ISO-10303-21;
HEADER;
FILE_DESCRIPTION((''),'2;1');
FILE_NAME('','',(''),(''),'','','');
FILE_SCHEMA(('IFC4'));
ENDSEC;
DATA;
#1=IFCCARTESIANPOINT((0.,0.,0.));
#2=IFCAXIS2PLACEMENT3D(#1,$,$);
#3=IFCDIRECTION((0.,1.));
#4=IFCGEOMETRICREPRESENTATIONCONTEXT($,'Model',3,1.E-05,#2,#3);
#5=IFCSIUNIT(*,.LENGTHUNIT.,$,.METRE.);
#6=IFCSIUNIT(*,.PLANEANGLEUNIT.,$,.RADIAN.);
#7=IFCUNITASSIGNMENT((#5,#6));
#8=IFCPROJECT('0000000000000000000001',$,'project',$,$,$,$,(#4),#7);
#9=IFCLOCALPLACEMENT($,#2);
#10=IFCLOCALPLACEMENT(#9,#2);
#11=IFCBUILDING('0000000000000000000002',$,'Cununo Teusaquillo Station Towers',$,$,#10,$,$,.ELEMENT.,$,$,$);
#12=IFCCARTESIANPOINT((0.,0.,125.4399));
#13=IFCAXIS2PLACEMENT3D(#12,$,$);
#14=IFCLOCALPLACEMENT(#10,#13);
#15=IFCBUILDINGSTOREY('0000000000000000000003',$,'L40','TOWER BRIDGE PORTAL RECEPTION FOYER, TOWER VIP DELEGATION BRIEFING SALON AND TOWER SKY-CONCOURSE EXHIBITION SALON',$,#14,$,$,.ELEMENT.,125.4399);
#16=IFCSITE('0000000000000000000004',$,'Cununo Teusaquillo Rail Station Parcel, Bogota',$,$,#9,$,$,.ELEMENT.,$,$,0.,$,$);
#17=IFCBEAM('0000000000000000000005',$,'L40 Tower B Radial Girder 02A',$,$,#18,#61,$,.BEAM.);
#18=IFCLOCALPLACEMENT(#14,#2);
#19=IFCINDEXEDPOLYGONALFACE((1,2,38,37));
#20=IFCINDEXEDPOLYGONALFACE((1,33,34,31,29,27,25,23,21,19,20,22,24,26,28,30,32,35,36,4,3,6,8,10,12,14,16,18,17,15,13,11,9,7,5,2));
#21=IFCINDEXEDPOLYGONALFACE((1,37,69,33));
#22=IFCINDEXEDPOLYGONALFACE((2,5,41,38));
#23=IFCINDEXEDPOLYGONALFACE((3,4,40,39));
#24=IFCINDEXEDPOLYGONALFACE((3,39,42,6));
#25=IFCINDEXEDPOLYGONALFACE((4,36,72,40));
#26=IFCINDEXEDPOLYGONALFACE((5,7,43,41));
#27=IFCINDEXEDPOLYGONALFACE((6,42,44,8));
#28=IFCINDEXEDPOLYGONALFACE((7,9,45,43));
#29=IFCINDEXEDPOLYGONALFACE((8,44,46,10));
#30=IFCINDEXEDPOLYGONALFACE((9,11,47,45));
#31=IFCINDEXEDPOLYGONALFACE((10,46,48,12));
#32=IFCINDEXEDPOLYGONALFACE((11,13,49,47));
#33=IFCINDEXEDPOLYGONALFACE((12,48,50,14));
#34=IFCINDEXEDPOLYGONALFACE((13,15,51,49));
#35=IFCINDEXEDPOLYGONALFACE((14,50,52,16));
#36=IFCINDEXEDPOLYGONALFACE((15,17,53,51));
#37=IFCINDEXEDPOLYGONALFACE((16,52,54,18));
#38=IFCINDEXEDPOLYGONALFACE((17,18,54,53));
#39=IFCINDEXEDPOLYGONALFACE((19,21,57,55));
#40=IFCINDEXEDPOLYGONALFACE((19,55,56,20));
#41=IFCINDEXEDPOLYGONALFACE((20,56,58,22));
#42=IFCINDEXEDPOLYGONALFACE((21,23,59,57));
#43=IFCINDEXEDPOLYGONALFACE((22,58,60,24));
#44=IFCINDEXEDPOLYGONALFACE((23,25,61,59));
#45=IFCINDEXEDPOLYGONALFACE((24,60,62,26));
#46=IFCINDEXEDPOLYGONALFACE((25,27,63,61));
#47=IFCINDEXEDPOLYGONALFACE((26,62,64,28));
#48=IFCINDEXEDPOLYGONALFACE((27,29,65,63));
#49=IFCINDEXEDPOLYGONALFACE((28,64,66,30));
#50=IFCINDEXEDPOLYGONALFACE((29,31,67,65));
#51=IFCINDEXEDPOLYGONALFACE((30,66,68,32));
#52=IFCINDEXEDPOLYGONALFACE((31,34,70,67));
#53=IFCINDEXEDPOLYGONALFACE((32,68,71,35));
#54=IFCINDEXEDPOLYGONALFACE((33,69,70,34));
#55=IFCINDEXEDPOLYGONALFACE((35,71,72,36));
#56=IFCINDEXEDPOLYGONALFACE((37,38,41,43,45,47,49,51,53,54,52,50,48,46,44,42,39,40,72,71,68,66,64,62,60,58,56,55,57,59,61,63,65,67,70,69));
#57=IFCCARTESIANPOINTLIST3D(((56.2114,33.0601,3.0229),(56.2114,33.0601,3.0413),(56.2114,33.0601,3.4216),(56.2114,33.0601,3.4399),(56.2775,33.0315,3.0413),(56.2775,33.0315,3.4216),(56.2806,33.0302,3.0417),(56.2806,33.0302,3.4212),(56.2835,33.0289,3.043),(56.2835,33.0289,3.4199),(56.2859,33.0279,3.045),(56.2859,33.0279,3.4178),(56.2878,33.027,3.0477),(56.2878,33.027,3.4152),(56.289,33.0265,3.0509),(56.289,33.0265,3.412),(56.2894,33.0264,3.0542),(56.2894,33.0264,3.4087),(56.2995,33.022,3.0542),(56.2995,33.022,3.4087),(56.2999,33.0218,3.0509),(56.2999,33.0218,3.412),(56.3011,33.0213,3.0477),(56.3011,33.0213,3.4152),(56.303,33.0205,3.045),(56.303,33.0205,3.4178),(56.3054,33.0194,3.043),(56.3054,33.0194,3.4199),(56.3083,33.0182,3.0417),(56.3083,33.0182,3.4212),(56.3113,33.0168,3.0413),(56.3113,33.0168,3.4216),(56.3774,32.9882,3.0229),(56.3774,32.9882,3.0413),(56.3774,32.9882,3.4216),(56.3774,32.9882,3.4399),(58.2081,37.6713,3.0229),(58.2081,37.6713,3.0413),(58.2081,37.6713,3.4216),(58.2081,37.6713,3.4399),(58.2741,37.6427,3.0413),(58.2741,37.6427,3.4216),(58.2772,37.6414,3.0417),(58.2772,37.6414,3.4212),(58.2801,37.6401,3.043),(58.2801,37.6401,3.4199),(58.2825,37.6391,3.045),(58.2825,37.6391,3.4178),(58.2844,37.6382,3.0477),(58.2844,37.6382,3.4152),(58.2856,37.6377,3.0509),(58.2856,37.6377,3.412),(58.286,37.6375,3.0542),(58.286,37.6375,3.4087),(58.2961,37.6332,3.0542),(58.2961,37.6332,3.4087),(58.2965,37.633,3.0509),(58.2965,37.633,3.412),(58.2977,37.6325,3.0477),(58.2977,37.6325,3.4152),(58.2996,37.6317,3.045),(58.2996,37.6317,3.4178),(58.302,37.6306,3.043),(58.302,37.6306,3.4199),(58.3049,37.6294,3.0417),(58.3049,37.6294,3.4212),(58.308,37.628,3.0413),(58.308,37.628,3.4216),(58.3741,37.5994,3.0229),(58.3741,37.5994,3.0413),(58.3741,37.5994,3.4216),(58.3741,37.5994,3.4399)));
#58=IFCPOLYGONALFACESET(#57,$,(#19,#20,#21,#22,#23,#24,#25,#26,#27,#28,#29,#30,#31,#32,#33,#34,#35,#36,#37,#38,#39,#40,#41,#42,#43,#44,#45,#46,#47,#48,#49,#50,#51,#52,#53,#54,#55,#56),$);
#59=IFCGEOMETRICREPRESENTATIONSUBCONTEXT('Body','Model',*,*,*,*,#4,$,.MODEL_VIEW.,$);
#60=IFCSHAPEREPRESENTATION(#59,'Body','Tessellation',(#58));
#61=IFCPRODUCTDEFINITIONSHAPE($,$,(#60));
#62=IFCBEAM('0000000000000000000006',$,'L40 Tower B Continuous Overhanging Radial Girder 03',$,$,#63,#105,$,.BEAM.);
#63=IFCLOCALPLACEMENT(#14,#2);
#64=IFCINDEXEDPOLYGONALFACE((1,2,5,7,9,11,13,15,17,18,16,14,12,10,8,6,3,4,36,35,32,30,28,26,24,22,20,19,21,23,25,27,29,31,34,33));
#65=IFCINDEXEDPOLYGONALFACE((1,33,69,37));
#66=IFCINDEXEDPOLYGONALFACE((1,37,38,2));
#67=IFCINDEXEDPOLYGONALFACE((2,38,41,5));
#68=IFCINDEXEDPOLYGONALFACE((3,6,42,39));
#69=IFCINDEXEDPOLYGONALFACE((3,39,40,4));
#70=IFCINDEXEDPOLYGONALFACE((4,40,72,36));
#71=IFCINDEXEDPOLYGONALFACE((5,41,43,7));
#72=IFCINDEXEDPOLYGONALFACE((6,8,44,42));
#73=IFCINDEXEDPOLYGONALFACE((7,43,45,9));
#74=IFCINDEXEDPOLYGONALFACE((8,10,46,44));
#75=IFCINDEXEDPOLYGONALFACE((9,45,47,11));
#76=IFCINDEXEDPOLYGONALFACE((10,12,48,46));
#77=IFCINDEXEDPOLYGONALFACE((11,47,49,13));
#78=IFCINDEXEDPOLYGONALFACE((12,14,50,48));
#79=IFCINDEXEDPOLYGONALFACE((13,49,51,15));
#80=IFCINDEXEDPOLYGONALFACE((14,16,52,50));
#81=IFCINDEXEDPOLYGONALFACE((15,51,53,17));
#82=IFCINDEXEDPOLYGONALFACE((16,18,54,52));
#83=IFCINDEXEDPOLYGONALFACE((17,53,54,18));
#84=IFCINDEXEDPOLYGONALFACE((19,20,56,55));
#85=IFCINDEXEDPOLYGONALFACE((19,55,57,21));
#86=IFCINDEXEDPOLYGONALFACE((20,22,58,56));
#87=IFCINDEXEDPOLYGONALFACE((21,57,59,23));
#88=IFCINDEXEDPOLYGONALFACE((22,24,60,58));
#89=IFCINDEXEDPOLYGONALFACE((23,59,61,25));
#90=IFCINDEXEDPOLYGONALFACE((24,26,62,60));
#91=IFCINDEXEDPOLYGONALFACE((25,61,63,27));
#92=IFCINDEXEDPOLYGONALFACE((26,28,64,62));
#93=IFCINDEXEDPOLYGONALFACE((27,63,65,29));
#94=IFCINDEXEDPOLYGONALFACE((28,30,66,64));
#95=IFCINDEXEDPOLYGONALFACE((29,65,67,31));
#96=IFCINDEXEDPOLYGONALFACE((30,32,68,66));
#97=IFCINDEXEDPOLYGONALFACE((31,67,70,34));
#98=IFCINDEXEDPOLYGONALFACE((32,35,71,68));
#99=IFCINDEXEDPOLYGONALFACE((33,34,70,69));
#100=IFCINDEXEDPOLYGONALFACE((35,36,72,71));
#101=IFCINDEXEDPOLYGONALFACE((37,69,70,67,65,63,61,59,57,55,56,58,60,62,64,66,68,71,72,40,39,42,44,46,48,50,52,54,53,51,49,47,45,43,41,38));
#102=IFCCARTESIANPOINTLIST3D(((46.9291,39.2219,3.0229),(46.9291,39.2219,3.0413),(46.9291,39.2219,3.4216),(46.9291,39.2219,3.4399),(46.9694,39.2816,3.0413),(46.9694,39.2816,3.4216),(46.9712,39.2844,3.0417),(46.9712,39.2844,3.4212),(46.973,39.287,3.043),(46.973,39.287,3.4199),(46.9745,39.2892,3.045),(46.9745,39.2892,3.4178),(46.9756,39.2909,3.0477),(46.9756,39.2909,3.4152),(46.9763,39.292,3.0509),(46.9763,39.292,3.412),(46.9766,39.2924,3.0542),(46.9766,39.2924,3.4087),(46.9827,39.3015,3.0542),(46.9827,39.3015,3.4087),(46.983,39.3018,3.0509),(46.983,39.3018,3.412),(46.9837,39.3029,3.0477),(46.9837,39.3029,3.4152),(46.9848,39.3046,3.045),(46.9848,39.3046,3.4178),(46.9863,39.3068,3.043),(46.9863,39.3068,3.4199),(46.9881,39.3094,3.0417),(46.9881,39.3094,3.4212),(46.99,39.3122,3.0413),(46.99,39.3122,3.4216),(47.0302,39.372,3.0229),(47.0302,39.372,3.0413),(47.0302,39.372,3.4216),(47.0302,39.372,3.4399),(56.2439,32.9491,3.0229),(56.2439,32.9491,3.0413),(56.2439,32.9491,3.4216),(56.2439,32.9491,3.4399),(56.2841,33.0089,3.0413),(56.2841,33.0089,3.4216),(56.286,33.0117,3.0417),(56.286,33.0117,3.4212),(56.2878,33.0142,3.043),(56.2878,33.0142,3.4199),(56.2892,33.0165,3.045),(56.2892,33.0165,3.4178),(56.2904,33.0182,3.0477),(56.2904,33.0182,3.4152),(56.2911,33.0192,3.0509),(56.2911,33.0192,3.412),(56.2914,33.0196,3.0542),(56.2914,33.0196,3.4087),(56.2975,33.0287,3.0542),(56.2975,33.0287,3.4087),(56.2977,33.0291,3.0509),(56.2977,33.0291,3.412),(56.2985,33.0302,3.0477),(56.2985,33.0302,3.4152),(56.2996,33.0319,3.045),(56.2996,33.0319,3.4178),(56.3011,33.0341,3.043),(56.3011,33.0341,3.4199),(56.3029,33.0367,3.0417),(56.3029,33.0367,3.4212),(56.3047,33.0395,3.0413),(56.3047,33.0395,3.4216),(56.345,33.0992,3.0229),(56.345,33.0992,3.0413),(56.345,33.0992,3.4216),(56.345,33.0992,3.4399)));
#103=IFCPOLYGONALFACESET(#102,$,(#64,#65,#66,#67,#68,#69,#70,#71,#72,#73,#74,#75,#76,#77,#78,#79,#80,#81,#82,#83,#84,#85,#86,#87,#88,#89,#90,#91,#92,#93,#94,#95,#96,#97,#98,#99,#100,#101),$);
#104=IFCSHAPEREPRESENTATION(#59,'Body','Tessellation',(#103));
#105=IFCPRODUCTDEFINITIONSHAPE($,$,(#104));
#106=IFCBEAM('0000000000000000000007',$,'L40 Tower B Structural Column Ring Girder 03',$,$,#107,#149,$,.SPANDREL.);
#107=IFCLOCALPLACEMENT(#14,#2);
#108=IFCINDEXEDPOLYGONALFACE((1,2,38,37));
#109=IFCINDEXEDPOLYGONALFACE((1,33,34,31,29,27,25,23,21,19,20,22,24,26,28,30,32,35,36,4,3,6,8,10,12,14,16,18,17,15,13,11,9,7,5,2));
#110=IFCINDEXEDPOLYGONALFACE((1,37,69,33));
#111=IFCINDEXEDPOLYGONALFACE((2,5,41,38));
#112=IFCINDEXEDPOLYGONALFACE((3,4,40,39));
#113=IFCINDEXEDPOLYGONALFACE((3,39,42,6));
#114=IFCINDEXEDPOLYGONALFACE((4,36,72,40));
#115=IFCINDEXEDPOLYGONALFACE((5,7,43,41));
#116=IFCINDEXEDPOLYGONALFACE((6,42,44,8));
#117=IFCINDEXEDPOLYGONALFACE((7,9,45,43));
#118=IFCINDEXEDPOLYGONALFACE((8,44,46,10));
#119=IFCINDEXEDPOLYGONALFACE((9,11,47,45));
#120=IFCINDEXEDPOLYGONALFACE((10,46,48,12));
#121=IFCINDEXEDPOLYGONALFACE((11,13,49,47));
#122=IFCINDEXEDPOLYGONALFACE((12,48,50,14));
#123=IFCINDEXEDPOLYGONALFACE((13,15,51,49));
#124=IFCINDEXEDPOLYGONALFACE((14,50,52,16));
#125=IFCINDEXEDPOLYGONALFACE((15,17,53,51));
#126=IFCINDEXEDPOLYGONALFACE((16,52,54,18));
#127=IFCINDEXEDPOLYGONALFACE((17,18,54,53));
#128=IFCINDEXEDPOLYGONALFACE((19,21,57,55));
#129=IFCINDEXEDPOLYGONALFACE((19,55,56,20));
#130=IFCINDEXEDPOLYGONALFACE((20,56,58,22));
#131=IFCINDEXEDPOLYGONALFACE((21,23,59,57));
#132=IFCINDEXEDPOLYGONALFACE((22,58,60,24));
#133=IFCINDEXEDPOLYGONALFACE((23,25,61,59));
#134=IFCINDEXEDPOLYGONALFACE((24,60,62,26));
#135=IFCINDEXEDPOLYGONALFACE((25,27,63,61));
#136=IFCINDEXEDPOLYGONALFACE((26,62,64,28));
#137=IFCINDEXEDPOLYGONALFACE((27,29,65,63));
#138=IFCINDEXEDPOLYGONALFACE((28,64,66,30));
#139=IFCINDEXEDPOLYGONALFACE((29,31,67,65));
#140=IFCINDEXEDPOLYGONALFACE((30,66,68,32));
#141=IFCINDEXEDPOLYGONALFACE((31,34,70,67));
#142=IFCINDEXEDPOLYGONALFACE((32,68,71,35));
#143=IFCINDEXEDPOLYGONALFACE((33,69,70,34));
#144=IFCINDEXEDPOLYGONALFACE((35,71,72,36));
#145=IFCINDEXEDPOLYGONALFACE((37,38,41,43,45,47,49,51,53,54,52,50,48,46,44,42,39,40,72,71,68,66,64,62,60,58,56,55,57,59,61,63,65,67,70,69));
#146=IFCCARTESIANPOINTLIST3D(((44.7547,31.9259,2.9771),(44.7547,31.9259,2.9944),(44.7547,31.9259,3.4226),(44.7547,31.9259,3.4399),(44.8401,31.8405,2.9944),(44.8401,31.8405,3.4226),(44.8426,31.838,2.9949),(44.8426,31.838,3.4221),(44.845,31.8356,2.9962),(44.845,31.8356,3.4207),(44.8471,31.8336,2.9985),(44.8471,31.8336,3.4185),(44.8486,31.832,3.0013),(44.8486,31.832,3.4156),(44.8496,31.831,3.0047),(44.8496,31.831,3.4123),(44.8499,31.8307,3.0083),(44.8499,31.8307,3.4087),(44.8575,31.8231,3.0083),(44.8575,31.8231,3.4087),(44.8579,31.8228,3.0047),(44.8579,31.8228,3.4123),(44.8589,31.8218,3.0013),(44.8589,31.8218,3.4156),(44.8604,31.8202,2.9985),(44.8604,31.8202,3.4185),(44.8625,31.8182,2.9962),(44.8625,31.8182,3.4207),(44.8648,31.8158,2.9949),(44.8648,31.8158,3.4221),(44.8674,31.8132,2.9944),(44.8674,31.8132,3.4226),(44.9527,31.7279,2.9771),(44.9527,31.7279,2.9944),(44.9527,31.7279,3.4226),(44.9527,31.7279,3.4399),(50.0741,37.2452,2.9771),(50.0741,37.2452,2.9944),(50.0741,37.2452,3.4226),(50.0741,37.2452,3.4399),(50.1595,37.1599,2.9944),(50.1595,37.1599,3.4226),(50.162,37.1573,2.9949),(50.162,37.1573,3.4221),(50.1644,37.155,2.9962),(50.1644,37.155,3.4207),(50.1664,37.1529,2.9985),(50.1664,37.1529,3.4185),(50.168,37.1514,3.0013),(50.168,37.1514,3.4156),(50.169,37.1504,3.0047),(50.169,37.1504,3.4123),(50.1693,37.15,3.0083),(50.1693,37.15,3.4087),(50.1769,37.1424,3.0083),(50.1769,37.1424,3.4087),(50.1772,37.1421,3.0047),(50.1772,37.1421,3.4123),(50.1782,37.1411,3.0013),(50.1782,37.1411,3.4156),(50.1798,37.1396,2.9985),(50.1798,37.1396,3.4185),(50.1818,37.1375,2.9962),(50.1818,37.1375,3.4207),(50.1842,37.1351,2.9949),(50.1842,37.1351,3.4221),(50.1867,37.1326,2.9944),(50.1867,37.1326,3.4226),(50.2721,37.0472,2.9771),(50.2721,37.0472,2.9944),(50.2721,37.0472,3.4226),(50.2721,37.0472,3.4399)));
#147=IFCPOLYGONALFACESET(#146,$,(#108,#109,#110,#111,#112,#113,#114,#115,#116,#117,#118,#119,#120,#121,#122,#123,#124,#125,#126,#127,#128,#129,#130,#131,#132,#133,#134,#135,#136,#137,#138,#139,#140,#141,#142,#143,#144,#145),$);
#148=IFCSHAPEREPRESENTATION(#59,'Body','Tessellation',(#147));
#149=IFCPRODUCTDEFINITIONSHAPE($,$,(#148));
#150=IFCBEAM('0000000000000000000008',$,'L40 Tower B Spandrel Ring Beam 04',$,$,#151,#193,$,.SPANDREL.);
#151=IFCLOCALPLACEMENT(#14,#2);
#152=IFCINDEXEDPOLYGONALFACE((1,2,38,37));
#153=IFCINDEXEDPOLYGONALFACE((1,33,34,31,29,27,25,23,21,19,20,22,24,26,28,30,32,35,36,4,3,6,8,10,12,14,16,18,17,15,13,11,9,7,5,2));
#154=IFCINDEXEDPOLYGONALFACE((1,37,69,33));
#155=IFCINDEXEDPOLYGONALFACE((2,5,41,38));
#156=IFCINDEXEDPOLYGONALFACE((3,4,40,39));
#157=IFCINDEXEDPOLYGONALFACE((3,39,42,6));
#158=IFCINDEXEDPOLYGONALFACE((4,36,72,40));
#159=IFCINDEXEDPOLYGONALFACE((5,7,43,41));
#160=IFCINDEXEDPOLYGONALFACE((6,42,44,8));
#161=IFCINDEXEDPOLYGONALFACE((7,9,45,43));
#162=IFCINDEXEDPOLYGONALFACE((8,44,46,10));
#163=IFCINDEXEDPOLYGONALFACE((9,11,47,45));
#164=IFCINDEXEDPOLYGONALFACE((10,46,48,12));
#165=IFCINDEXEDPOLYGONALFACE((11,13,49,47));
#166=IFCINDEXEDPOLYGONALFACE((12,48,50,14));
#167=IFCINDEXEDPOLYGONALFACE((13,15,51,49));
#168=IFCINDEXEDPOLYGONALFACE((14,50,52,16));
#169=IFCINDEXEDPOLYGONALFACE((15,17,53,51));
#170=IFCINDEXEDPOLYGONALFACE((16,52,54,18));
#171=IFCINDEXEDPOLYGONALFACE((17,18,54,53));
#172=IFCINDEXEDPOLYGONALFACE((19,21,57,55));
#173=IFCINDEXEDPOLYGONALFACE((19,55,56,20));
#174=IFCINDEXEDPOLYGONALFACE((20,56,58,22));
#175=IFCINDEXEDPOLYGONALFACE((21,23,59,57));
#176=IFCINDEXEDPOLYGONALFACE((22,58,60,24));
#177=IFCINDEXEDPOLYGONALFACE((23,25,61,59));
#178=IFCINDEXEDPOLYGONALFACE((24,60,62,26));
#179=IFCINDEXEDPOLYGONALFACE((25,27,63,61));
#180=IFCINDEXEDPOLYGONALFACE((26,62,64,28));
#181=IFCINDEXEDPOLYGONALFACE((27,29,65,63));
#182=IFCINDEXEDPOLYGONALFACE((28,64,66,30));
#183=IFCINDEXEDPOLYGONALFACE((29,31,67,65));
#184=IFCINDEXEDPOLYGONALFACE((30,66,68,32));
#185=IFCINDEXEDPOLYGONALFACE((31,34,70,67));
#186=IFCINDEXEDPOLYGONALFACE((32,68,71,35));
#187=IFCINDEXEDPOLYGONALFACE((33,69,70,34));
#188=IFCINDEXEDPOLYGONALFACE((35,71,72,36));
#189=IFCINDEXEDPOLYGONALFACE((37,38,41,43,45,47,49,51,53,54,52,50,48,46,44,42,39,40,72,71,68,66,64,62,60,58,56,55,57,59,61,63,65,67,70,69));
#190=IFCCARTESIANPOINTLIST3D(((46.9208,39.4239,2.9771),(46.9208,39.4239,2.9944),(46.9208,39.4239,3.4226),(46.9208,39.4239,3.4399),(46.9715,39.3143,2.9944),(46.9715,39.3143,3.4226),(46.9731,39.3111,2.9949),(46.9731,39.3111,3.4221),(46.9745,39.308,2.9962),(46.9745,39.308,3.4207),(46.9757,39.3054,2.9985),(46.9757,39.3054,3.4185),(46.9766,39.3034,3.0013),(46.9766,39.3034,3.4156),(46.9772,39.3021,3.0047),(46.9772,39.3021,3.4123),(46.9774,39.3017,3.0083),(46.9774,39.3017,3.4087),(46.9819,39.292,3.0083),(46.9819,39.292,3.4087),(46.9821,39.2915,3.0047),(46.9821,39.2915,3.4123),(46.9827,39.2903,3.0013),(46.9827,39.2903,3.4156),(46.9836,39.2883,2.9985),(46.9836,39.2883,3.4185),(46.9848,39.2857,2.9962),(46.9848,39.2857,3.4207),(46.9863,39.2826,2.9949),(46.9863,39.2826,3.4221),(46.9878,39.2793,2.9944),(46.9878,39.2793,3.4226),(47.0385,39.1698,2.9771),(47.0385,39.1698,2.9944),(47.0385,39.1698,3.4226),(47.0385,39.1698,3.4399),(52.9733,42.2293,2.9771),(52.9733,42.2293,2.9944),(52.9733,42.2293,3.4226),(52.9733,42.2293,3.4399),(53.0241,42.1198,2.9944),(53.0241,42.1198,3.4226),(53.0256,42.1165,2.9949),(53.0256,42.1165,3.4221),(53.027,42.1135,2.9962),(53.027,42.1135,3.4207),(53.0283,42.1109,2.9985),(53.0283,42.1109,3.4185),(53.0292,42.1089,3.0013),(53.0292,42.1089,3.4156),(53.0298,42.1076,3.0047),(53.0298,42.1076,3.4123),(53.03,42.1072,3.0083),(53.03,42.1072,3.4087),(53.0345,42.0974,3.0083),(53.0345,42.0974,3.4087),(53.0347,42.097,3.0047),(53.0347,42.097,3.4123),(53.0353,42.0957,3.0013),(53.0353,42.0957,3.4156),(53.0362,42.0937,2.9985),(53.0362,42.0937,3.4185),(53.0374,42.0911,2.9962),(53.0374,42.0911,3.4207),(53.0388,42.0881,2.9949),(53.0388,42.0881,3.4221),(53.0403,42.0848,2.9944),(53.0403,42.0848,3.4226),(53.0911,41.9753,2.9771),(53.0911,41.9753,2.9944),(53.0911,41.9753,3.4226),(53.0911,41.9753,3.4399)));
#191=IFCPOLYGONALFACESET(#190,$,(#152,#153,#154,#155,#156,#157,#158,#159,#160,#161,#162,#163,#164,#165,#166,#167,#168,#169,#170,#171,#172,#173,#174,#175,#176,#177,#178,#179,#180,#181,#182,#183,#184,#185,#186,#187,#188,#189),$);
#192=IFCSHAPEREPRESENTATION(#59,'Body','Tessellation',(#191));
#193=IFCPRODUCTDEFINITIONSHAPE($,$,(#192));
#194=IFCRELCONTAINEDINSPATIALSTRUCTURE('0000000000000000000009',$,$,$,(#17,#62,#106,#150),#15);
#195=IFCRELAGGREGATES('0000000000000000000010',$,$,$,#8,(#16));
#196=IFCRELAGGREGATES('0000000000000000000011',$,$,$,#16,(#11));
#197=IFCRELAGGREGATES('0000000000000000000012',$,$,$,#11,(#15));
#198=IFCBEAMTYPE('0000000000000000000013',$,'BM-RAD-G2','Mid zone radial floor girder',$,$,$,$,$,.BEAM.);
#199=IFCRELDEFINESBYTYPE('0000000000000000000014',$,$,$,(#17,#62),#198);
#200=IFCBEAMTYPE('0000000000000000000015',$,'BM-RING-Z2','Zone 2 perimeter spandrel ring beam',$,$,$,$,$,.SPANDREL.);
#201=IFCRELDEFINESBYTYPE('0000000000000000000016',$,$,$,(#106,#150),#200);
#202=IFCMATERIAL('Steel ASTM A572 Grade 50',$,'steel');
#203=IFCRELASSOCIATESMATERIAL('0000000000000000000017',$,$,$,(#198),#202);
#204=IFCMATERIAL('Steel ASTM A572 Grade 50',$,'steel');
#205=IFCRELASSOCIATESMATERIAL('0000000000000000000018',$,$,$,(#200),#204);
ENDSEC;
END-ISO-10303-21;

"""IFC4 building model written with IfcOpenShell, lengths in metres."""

from ifc_helpers import new_model, si_unit, direction, frame, origin, origin_2d, place, context, subcontext, project, spatial, i_section, extrude, material, material_profile, profile_set, type_object, element, save


model = new_model("IFC4")

# Units and contexts
model_context = context("Model", 3, precision=1e-05, world=origin(), true_north=direction((0.0, 1.0)))
body_context = subcontext(model_context, "Body", "Model", "MODEL_VIEW")
ifc_project = project(units=[si_unit("LENGTHUNIT", "METRE"), si_unit("PLANEANGLEUNIT", "RADIAN")], contexts=[model_context])

# Site, building, storey
site_placement = place(None, origin())
site = spatial("IfcSite", under=ifc_project, at=site_placement, Name="Cununo Teusaquillo Rail Station Parcel, Bogota", CompositionType="ELEMENT", RefElevation=0.0)
building_placement = place(site_placement, origin())
building = spatial("IfcBuilding", under=site, at=building_placement, Name="Cununo Teusaquillo Station Towers", CompositionType="ELEMENT")
storey_placement = place(building_placement, frame((0.0, 0.0, 125.4399)))
storey = spatial("IfcBuildingStorey", under=building, at=storey_placement, Name="L40", Description="TOWER BRIDGE PORTAL RECEPTION FOYER, TOWER VIP DELEGATION BRIEFING SALON AND TOWER SKY-CONCOURSE EXHIBITION SALON", CompositionType="ELEMENT", Elevation=125.4399)

# Beams
ifc_material_1 = material(Name="Steel ASTM A572 Grade 50", Category="steel")
ifc_material_profile_1 = material_profile(ifc_material_1, i_section(OverallWidth=0.1809, OverallDepth=0.417, WebThickness=0.011, FlangeThickness=0.0183, FilletRadius=0.0129, at=origin_2d()), Name="W16X57")
ifc_profile_set_1 = profile_set([ifc_material_profile_1], Name="Steel ASTM A572 Grade 50")
beam_type_1 = type_object("IfcBeamType", Name="BM-RAD-G2", Description="Mid zone radial floor girder", PredefinedType="BEAM", material=ifc_profile_set_1)
beam_1_placement = place(storey_placement, frame((56.2944, 33.0242, 3.2314), z_axis=(0.397347, 0.917668, 0.0), x_axis=(-0.917668, 0.397347, 0.0)))
element("IfcBeam", 1, at=beam_1_placement, inside=storey, type_object=beam_type_1, Name="L40 Tower B Radial Girder 02A", PredefinedType="BEAM", context=body_context, shape_type="SweptSolid", body=[
    extrude(i_section(OverallWidth=0.1809, OverallDepth=0.417, WebThickness=0.011, FlangeThickness=0.0183, FilletRadius=0.0129, at=origin_2d()), origin(), (0.0, 0.0, 1.0), 5.0249),
])
beam_2_placement = place(storey_placement, frame((56.2944, 33.0242, 3.2314), z_axis=(-0.829456, 0.558572, 0.0), x_axis=(-0.558572, -0.829456, 0.0)))
element("IfcBeam", 2, at=beam_2_placement, inside=storey, type_object=beam_type_1, Name="L40 Tower B Continuous Overhanging Radial Girder 03", PredefinedType="BEAM", context=body_context, shape_type="SweptSolid", body=[
    extrude(i_section(OverallWidth=0.1809, OverallDepth=0.417, WebThickness=0.011, FlangeThickness=0.0183, FilletRadius=0.0129, at=origin_2d()), origin(), (0.0, 0.0, 1.0), 11.23),
])
ifc_material_2 = material(Name="Steel ASTM A572 Grade 50", Category="steel")
ifc_material_profile_2 = material_profile(ifc_material_2, i_section(OverallWidth=0.28, OverallDepth=0.4629, WebThickness=0.0107, FlangeThickness=0.0173, FilletRadius=0.0139, at=origin_2d()), Name="W18X76")
ifc_profile_set_2 = profile_set([ifc_material_profile_2], Name="Steel ASTM A572 Grade 50")
beam_type_2 = type_object("IfcBeamType", Name="BM-RING-Z2", Description="Zone 2 perimeter spandrel ring beam", PredefinedType="SPANDREL", material=ifc_profile_set_2)
beam_3_placement = place(storey_placement, frame((50.1731, 37.1462, 3.2085), z_axis=(-0.707107, -0.707107, 0.0), x_axis=(0.707107, -0.707107, 0.0)))
element("IfcBeam", 3, at=beam_3_placement, inside=storey, type_object=beam_type_2, Name="L40 Tower B Structural Column Ring Girder 03", PredefinedType="SPANDREL", context=body_context, shape_type="SweptSolid", body=[
    extrude(i_section(OverallWidth=0.28, OverallDepth=0.4629, WebThickness=0.0107, FlangeThickness=0.0173, FilletRadius=0.0139, at=origin_2d()), origin(), (0.0, 0.0, 1.0), 7.5227),
])
beam_4_placement = place(storey_placement, frame((53.0322, 42.1023, 3.2085), z_axis=(-0.907276, -0.420536, 0.0), x_axis=(0.420536, -0.907276, 0.0)))
element("IfcBeam", 4, at=beam_4_placement, inside=storey, type_object=beam_type_2, Name="L40 Tower B Spandrel Ring Beam 04", PredefinedType="SPANDREL", context=body_context, shape_type="SweptSolid", body=[
    extrude(i_section(OverallWidth=0.28, OverallDepth=0.4629, WebThickness=0.0107, FlangeThickness=0.0173, FilletRadius=0.0139, at=origin_2d()), origin(), (0.0, 0.0, 1.0), 6.6711),
])

save(model, "model.ifc")
